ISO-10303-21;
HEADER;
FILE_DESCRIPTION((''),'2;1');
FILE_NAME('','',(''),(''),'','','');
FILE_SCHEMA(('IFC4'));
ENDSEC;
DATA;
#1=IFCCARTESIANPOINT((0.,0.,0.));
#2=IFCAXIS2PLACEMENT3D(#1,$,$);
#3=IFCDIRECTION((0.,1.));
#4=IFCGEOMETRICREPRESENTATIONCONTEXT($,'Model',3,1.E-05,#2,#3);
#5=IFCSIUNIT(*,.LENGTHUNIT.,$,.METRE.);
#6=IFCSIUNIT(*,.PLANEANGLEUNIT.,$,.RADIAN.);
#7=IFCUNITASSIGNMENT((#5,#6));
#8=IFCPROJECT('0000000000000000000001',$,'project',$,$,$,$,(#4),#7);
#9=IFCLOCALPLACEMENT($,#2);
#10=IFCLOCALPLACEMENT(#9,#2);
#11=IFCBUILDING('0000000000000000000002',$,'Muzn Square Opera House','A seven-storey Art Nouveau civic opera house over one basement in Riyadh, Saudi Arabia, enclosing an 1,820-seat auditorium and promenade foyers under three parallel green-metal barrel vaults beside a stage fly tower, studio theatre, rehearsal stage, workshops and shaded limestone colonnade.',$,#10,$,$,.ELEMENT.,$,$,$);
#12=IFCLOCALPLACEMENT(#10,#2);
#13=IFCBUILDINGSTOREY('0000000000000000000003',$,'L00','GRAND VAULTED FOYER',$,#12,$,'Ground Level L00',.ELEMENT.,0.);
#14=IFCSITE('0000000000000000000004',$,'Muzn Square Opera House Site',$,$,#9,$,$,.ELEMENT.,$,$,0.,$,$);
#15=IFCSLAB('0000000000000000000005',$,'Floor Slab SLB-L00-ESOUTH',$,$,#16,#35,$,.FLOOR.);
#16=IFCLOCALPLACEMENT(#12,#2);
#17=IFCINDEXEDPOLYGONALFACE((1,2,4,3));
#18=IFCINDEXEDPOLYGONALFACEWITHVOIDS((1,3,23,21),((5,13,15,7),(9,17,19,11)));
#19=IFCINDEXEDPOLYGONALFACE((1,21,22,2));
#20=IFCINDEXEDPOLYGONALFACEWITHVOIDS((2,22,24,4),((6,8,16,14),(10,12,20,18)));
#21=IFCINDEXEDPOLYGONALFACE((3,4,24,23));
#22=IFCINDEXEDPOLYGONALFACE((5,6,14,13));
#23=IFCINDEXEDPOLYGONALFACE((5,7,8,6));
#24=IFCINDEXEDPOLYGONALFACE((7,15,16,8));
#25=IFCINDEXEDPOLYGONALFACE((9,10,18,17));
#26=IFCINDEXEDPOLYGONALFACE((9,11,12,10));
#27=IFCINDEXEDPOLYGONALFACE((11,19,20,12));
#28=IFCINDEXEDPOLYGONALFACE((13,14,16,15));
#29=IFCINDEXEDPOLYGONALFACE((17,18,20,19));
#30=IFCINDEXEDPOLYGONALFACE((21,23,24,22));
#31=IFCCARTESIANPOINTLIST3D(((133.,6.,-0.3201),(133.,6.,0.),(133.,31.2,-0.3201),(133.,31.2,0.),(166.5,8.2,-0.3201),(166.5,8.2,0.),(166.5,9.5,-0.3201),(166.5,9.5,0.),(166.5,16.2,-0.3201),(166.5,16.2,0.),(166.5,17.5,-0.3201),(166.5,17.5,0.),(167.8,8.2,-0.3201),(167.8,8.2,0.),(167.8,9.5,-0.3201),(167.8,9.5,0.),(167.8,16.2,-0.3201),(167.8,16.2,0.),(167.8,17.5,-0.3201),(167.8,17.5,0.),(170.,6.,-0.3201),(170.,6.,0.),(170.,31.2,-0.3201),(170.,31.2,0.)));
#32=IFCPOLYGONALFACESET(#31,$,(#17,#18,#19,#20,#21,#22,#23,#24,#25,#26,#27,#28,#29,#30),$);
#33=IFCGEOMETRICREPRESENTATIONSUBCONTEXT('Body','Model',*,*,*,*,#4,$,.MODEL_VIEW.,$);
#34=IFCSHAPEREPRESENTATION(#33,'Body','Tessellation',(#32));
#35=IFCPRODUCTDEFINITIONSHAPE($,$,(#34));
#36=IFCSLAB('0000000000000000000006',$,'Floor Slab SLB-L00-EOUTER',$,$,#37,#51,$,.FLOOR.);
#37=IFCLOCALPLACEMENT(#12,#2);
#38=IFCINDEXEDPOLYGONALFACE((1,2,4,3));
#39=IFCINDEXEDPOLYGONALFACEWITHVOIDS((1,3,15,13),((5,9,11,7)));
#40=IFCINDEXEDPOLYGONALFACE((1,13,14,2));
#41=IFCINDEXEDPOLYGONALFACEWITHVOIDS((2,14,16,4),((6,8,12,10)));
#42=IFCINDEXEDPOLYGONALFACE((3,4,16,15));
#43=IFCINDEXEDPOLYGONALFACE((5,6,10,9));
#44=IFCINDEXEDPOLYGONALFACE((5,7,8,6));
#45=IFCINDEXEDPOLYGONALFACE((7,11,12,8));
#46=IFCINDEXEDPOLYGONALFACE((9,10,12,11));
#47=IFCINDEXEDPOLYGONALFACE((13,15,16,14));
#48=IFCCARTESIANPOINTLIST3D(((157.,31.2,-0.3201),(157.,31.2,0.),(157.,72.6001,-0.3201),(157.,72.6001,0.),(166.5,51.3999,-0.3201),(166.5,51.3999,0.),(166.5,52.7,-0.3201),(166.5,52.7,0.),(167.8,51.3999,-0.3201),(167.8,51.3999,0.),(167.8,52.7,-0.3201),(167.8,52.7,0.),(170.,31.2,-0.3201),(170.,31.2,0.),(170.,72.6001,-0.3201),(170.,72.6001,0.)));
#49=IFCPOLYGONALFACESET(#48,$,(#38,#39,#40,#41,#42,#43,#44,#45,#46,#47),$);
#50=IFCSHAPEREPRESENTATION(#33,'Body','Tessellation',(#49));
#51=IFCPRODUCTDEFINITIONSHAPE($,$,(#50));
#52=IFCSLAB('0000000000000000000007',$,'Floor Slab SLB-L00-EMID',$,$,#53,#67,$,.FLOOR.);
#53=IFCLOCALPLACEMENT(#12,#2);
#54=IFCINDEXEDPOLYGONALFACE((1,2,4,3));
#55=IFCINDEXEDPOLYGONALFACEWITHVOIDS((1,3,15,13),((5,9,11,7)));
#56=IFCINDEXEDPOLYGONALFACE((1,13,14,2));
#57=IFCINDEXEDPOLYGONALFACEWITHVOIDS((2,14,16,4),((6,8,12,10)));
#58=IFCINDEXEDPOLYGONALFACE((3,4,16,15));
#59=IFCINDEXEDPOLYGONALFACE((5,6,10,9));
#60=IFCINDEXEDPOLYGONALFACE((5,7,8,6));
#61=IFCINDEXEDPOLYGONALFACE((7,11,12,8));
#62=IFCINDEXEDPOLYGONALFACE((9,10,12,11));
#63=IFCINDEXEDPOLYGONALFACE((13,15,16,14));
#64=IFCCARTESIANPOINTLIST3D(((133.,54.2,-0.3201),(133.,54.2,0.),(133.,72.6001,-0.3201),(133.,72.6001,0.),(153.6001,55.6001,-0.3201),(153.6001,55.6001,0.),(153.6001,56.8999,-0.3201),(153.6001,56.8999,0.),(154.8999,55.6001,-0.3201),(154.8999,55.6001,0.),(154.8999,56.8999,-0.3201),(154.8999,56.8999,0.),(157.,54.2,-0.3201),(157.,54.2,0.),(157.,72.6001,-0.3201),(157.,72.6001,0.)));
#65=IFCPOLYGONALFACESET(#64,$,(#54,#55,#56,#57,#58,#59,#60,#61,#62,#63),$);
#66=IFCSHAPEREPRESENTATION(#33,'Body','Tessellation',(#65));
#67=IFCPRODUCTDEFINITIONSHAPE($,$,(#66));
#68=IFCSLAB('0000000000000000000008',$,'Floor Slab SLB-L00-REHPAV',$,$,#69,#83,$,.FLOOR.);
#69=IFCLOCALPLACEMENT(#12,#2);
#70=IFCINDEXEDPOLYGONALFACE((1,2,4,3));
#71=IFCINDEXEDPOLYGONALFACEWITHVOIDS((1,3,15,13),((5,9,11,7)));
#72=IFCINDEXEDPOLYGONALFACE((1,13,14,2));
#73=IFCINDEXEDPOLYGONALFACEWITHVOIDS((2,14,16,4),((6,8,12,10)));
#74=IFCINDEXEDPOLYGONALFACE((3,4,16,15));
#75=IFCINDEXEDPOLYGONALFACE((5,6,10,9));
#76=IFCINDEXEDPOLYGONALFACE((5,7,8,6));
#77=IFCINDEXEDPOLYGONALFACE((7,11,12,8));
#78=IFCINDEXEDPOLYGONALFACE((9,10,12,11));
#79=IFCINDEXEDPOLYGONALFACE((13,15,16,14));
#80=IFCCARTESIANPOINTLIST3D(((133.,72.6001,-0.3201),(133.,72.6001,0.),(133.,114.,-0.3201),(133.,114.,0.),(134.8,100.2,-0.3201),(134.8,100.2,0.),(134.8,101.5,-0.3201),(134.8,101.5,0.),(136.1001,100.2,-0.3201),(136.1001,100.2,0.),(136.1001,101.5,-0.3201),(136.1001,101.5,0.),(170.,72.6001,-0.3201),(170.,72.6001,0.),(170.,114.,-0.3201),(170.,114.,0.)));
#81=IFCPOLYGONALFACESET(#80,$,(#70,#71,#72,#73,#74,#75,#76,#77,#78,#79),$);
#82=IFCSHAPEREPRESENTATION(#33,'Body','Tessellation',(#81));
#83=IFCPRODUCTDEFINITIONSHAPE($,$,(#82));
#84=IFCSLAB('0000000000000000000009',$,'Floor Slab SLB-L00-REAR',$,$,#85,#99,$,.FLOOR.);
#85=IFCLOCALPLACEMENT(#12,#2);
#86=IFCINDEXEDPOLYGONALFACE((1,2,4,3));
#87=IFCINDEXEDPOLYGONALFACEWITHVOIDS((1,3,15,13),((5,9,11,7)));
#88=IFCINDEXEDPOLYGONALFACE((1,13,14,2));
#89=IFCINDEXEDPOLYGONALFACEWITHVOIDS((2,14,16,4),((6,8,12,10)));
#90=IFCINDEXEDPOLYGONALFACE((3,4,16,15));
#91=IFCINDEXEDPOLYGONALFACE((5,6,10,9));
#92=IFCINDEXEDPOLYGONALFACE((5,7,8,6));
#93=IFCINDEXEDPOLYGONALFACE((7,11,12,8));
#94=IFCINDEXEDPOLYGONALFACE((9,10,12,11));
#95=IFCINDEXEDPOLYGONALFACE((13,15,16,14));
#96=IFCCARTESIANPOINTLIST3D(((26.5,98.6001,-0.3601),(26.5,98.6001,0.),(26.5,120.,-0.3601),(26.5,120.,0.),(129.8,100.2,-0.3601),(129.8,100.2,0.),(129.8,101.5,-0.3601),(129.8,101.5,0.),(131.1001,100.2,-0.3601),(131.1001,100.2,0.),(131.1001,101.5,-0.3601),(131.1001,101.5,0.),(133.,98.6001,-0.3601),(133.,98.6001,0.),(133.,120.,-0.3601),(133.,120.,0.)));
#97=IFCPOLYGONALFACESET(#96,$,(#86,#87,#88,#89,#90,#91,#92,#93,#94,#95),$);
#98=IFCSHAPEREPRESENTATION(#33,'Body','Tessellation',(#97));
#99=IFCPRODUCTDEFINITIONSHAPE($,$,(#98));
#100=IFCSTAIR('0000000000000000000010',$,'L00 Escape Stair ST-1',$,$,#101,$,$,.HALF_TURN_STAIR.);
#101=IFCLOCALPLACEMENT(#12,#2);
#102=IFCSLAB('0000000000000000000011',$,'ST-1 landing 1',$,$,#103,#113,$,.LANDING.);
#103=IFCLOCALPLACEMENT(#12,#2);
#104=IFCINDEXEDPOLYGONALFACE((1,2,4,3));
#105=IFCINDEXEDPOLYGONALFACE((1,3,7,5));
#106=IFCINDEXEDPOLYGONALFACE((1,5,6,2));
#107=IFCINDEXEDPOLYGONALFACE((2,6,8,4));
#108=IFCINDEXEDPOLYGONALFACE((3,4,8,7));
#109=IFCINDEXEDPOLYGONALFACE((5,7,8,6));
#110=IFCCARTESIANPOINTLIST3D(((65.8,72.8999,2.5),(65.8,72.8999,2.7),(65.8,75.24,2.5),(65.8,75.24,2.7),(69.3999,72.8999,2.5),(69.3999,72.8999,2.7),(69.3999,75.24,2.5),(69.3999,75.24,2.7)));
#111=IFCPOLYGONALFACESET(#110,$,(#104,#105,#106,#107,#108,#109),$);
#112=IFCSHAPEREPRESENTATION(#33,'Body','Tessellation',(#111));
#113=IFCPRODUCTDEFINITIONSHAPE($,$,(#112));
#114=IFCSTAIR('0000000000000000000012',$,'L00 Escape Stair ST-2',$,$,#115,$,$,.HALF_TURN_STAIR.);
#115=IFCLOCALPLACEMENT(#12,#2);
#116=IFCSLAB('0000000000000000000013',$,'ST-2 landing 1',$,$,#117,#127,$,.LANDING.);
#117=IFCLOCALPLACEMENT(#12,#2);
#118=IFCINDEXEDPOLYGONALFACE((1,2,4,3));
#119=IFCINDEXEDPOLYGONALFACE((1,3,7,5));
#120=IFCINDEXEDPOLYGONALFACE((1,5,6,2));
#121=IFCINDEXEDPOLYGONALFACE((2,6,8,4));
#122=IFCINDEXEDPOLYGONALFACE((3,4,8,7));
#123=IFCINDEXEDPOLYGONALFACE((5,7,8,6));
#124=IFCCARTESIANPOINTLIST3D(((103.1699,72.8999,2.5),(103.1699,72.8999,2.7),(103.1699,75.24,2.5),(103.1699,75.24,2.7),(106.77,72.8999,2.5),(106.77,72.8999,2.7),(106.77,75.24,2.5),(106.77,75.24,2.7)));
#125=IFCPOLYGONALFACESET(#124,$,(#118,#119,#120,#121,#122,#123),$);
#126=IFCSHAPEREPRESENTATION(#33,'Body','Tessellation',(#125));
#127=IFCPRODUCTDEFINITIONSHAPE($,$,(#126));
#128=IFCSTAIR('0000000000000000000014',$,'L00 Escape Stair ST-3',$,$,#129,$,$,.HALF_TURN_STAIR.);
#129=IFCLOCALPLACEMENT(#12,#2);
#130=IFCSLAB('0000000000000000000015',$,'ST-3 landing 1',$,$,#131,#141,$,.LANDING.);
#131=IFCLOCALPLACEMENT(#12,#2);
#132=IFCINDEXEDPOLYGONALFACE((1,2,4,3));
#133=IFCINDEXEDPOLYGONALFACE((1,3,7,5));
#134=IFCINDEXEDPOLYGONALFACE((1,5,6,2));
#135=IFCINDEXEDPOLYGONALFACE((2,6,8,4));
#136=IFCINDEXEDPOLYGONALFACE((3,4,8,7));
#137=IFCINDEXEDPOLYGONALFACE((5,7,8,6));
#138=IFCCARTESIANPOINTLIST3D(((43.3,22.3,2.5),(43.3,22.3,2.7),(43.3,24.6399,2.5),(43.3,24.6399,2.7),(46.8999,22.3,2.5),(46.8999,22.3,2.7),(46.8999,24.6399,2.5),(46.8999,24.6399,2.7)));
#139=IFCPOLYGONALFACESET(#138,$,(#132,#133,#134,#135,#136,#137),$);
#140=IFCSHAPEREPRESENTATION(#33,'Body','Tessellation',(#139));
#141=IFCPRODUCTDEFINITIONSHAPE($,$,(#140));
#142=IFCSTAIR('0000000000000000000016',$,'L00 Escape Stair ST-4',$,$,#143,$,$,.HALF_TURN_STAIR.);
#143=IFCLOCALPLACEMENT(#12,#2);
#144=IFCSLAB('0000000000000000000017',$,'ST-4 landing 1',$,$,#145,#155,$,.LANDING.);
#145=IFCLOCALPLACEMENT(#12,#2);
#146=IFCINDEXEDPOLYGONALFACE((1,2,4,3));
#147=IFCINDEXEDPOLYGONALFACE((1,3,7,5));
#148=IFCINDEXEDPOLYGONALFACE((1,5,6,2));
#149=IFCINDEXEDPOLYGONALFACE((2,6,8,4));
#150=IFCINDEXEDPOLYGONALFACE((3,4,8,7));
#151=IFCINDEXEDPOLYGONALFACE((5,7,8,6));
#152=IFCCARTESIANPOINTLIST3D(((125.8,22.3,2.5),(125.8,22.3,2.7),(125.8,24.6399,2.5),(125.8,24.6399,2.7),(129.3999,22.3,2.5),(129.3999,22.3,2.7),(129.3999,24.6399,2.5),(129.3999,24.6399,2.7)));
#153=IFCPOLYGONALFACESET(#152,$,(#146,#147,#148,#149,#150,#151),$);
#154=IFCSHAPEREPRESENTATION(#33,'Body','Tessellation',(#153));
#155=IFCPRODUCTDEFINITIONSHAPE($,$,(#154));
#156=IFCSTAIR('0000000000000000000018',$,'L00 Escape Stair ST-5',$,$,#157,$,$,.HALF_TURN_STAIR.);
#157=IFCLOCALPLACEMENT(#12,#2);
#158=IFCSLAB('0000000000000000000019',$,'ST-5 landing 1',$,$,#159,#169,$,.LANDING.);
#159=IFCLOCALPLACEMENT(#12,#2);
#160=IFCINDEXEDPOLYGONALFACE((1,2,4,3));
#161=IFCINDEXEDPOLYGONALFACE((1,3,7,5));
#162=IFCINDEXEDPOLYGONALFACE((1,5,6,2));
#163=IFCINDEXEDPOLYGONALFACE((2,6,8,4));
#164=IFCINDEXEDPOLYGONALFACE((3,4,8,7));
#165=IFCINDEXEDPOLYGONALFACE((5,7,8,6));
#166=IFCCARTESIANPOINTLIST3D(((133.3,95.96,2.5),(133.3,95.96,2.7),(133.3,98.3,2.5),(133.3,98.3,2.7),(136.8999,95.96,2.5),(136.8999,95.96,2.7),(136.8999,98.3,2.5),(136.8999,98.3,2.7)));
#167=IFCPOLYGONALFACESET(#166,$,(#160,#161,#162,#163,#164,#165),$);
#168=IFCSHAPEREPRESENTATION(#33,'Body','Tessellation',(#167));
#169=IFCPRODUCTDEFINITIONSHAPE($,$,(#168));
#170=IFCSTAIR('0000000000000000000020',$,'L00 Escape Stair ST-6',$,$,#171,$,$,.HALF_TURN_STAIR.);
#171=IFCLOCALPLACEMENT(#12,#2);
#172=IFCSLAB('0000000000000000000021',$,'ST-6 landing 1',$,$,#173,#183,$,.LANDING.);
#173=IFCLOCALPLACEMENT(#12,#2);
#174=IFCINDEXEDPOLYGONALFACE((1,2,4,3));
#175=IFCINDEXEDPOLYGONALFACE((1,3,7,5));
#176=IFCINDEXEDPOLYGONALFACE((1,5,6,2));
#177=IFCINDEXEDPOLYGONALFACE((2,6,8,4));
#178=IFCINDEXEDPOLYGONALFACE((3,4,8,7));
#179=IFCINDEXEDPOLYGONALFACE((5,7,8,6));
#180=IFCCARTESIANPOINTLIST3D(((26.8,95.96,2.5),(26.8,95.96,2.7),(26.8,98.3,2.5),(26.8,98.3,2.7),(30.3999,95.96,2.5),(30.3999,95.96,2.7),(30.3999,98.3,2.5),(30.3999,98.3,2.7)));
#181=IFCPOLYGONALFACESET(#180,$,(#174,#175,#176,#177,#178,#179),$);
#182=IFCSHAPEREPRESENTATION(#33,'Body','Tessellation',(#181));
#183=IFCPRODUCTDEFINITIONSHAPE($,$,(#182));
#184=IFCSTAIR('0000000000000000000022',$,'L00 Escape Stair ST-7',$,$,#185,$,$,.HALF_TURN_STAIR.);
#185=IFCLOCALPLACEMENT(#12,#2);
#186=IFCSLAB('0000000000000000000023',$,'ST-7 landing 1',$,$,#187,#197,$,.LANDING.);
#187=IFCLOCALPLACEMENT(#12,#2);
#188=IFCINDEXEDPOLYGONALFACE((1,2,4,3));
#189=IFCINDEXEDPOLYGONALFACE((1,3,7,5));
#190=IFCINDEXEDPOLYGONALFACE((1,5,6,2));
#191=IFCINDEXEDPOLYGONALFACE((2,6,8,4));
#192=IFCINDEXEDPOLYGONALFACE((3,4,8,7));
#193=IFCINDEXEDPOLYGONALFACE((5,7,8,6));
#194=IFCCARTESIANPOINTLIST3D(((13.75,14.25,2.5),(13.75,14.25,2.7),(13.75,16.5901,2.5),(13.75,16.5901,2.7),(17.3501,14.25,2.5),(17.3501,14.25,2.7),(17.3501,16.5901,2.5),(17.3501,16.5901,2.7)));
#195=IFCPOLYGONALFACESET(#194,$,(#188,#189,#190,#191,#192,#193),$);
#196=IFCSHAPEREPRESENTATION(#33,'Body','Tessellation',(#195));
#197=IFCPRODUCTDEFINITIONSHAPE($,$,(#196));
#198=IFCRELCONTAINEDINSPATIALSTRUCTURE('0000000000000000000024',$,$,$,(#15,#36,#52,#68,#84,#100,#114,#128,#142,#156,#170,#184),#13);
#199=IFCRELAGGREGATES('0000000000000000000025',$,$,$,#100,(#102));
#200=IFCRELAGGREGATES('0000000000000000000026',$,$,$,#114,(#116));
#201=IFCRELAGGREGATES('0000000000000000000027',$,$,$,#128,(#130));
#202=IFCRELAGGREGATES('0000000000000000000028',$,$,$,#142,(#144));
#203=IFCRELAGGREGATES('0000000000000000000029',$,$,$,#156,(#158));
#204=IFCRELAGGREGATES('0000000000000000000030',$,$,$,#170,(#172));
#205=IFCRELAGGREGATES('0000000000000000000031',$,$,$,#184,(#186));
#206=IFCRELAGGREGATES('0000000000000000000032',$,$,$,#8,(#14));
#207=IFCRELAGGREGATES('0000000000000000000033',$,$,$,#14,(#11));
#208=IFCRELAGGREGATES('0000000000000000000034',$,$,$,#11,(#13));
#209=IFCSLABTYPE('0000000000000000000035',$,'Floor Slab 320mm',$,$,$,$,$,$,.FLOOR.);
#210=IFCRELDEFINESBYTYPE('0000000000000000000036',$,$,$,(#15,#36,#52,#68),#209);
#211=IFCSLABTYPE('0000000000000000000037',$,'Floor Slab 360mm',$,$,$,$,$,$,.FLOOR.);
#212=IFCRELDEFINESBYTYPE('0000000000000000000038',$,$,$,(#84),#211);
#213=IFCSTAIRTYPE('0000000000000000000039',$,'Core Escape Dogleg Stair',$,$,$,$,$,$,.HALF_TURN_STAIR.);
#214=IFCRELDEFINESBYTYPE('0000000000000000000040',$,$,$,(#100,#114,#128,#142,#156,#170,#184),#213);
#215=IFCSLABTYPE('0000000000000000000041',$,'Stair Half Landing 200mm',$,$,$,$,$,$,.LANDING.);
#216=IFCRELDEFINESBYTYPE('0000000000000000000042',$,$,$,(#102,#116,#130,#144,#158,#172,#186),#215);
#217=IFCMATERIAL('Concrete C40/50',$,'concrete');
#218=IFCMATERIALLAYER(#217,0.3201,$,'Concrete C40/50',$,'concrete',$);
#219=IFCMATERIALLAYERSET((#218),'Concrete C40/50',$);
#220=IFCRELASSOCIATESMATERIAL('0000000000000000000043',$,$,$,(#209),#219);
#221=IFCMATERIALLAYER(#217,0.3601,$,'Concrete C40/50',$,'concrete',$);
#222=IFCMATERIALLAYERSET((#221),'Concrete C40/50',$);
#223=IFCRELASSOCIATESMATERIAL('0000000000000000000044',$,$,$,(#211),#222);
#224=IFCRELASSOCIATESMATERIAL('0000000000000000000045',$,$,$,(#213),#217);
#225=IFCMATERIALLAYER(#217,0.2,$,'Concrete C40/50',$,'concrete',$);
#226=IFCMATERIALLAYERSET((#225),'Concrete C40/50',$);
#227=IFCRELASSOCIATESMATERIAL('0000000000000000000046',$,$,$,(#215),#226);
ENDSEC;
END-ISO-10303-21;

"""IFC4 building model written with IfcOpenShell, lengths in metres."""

from ifc_helpers import new_model, si_unit, direction, frame, origin, place, context, subcontext, project, spatial, polyline, outline, extrude, material, layer, layer_set, type_object, element, aggregate, save


model = new_model("IFC4")

# Units and contexts
model_context = context("Model", 3, precision=1e-05, world=origin(), true_north=direction((0.0, 1.0)))
body_context = subcontext(model_context, "Body", "Model", "MODEL_VIEW")
ifc_project = project(units=[si_unit("LENGTHUNIT", "METRE"), si_unit("PLANEANGLEUNIT", "RADIAN")], contexts=[model_context])

# Site, building, storey
site_placement = place(None, origin())
site = spatial("IfcSite", under=ifc_project, at=site_placement, Name="Muzn Square Opera House Site", CompositionType="ELEMENT", RefElevation=0.0)
building_placement = place(site_placement, origin())
building = spatial("IfcBuilding", under=site, at=building_placement, Name="Muzn Square Opera House", Description="A seven-storey Art Nouveau civic opera house over one basement in Riyadh, Saudi Arabia, enclosing an 1,820-seat auditorium and promenade foyers under three parallel green-metal barrel vaults beside a stage fly tower, studio theatre, rehearsal stage, workshops and shaded limestone colonnade.", CompositionType="ELEMENT")
storey_placement = place(building_placement, origin())
storey = spatial("IfcBuildingStorey", under=building, at=storey_placement, Name="L00", Description="GRAND VAULTED FOYER", LongName="Ground Level L00", CompositionType="ELEMENT", Elevation=0.0)

# Slabs
ifc_material_1 = material(Name="Concrete C40/50", Category="concrete")
ifc_layer_1 = layer(ifc_material_1, 0.3201, Name="Concrete C40/50", Category="concrete")
ifc_layer_set_1 = layer_set([ifc_layer_1], Name="Concrete C40/50")
slab_type_1 = type_object("IfcSlabType", Name="Floor Slab 320mm", PredefinedType="FLOOR", material=ifc_layer_set_1)
slab_1_placement = place(storey_placement, frame((0.0, 0.0, -0.3201)))
element("IfcSlab", 1, at=slab_1_placement, inside=storey, type_object=slab_type_1, Name="Floor Slab SLB-L00-ESOUTH", PredefinedType="FLOOR", context=body_context, shape_type="SweptSolid", body=[
    extrude(outline(polyline([(133.0, 6.0), (170.0, 6.0), (170.0, 31.2), (133.0, 31.2), (133.0, 6.0)]), holes=[polyline([(166.5, 8.2), (167.8, 8.2), (167.8, 9.5), (166.5, 9.5), (166.5, 8.2)]), polyline([(166.5, 16.2), (167.8, 16.2), (167.8, 17.5), (166.5, 17.5), (166.5, 16.2)])]), origin(), (0.0, 0.0, 1.0), 0.3201),
])
slab_2_placement = place(storey_placement, frame((0.0, 0.0, -0.3201)))
element("IfcSlab", 2, at=slab_2_placement, inside=storey, type_object=slab_type_1, Name="Floor Slab SLB-L00-EOUTER", PredefinedType="FLOOR", context=body_context, shape_type="SweptSolid", body=[
    extrude(outline(polyline([(157.0, 31.2), (170.0, 31.2), (170.0, 72.6001), (157.0, 72.6001), (157.0, 31.2)]), holes=[polyline([(166.5, 51.3999), (167.8, 51.3999), (167.8, 52.7), (166.5, 52.7), (166.5, 51.3999)])]), origin(), (0.0, 0.0, 1.0), 0.3201),
])
slab_3_placement = place(storey_placement, frame((0.0, 0.0, -0.3201)))
element("IfcSlab", 3, at=slab_3_placement, inside=storey, type_object=slab_type_1, Name="Floor Slab SLB-L00-EMID", PredefinedType="FLOOR", context=body_context, shape_type="SweptSolid", body=[
    extrude(outline(polyline([(133.0, 54.2), (157.0, 54.2), (157.0, 72.6001), (133.0, 72.6001), (133.0, 54.2)]), holes=[polyline([(153.6001, 55.6001), (154.8999, 55.6001), (154.8999, 56.8999), (153.6001, 56.8999), (153.6001, 55.6001)])]), origin(), (0.0, 0.0, 1.0), 0.3201),
])
slab_4_placement = place(storey_placement, frame((0.0, 0.0, -0.3201)))
element("IfcSlab", 4, at=slab_4_placement, inside=storey, type_object=slab_type_1, Name="Floor Slab SLB-L00-REHPAV", PredefinedType="FLOOR", context=body_context, shape_type="SweptSolid", body=[
    extrude(outline(polyline([(133.0, 72.6001), (170.0, 72.6001), (170.0, 114.0), (133.0, 114.0), (133.0, 72.6001)]), holes=[polyline([(134.8, 100.2), (136.1001, 100.2), (136.1001, 101.5), (134.8, 101.5), (134.8, 100.2)])]), origin(), (0.0, 0.0, 1.0), 0.3201),
])
ifc_layer_2 = layer(ifc_material_1, 0.3601, Name="Concrete C40/50", Category="concrete")
ifc_layer_set_2 = layer_set([ifc_layer_2], Name="Concrete C40/50")
slab_type_2 = type_object("IfcSlabType", Name="Floor Slab 360mm", PredefinedType="FLOOR", material=ifc_layer_set_2)
slab_5_placement = place(storey_placement, frame((0.0, 0.0, -0.3601)))
element("IfcSlab", 5, at=slab_5_placement, inside=storey, type_object=slab_type_2, Name="Floor Slab SLB-L00-REAR", PredefinedType="FLOOR", context=body_context, shape_type="SweptSolid", body=[
    extrude(outline(polyline([(26.5, 98.6001), (133.0, 98.6001), (133.0, 120.0), (26.5, 120.0), (26.5, 98.6001)]), holes=[polyline([(129.8, 100.2), (131.1001, 100.2), (131.1001, 101.5), (129.8, 101.5), (129.8, 100.2)])]), origin(), (0.0, 0.0, 1.0), 0.3601),
])

# Stairs, slabs
stair_type = type_object("IfcStairType", Name="Core Escape Dogleg Stair", PredefinedType="HALF_TURN_STAIR", material=ifc_material_1)
stair_1_placement = place(storey_placement, origin())
stair_1 = element("IfcStair", 6, at=stair_1_placement, inside=storey, type_object=stair_type, Name="L00 Escape Stair ST-1", PredefinedType="HALF_TURN_STAIR")
ifc_layer_3 = layer(ifc_material_1, 0.2, Name="Concrete C40/50", Category="concrete")
ifc_layer_set_3 = layer_set([ifc_layer_3], Name="Concrete C40/50")
slab_type_3 = type_object("IfcSlabType", Name="Stair Half Landing 200mm", PredefinedType="LANDING", material=ifc_layer_set_3)
slab_6_placement = place(storey_placement, frame((0.0, 0.0, 2.5)))
slab_6 = element("IfcSlab", 7, at=slab_6_placement, type_object=slab_type_3, Name="ST-1 landing 1", PredefinedType="LANDING", context=body_context, shape_type="SweptSolid", body=[
    extrude(outline(polyline([(65.8, 75.24), (65.8, 72.8999), (69.3999, 72.8999), (69.3999, 75.24), (65.8, 75.24)])), origin(), (0.0, 0.0, 1.0), 0.2),
])
aggregate(stair_1, [slab_6])
stair_2_placement = place(storey_placement, origin())
stair_2 = element("IfcStair", 8, at=stair_2_placement, inside=storey, type_object=stair_type, Name="L00 Escape Stair ST-2", PredefinedType="HALF_TURN_STAIR")
slab_7_placement = place(storey_placement, frame((0.0, 0.0, 2.5)))
slab_7 = element("IfcSlab", 9, at=slab_7_placement, type_object=slab_type_3, Name="ST-2 landing 1", PredefinedType="LANDING", context=body_context, shape_type="SweptSolid", body=[
    extrude(outline(polyline([(103.1699, 75.24), (103.1699, 72.8999), (106.77, 72.8999), (106.77, 75.24), (103.1699, 75.24)])), origin(), (0.0, 0.0, 1.0), 0.2),
])
aggregate(stair_2, [slab_7])
stair_3_placement = place(storey_placement, origin())
stair_3 = element("IfcStair", 10, at=stair_3_placement, inside=storey, type_object=stair_type, Name="L00 Escape Stair ST-3", PredefinedType="HALF_TURN_STAIR")
slab_8_placement = place(storey_placement, frame((0.0, 0.0, 2.5)))
slab_8 = element("IfcSlab", 11, at=slab_8_placement, type_object=slab_type_3, Name="ST-3 landing 1", PredefinedType="LANDING", context=body_context, shape_type="SweptSolid", body=[
    extrude(outline(polyline([(43.3, 24.6399), (43.3, 22.3), (46.8999, 22.3), (46.8999, 24.6399), (43.3, 24.6399)])), origin(), (0.0, 0.0, 1.0), 0.2),
])
aggregate(stair_3, [slab_8])
stair_4_placement = place(storey_placement, origin())
stair_4 = element("IfcStair", 12, at=stair_4_placement, inside=storey, type_object=stair_type, Name="L00 Escape Stair ST-4", PredefinedType="HALF_TURN_STAIR")
slab_9_placement = place(storey_placement, frame((0.0, 0.0, 2.5)))
slab_9 = element("IfcSlab", 13, at=slab_9_placement, type_object=slab_type_3, Name="ST-4 landing 1", PredefinedType="LANDING", context=body_context, shape_type="SweptSolid", body=[
    extrude(outline(polyline([(125.8, 24.6399), (125.8, 22.3), (129.3999, 22.3), (129.3999, 24.6399), (125.8, 24.6399)])), origin(), (0.0, 0.0, 1.0), 0.2),
])
aggregate(stair_4, [slab_9])
stair_5_placement = place(storey_placement, origin())
stair_5 = element("IfcStair", 14, at=stair_5_placement, inside=storey, type_object=stair_type, Name="L00 Escape Stair ST-5", PredefinedType="HALF_TURN_STAIR")
slab_10_placement = place(storey_placement, frame((0.0, 0.0, 2.5)))
slab_10 = element("IfcSlab", 15, at=slab_10_placement, type_object=slab_type_3, Name="ST-5 landing 1", PredefinedType="LANDING", context=body_context, shape_type="SweptSolid", body=[
    extrude(outline(polyline([(136.8999, 95.96), (136.8999, 98.3), (133.3, 98.3), (133.3, 95.96), (136.8999, 95.96)])), origin(), (0.0, 0.0, 1.0), 0.2),
])
aggregate(stair_5, [slab_10])
stair_6_placement = place(storey_placement, origin())
stair_6 = element("IfcStair", 16, at=stair_6_placement, inside=storey, type_object=stair_type, Name="L00 Escape Stair ST-6", PredefinedType="HALF_TURN_STAIR")
slab_11_placement = place(storey_placement, frame((0.0, 0.0, 2.5)))
slab_11 = element("IfcSlab", 17, at=slab_11_placement, type_object=slab_type_3, Name="ST-6 landing 1", PredefinedType="LANDING", context=body_context, shape_type="SweptSolid", body=[
    extrude(outline(polyline([(30.3999, 95.96), (30.3999, 98.3), (26.8, 98.3), (26.8, 95.96), (30.3999, 95.96)])), origin(), (0.0, 0.0, 1.0), 0.2),
])
aggregate(stair_6, [slab_11])
stair_7_placement = place(storey_placement, origin())
stair_7 = element("IfcStair", 18, at=stair_7_placement, inside=storey, type_object=stair_type, Name="L00 Escape Stair ST-7", PredefinedType="HALF_TURN_STAIR")
slab_12_placement = place(storey_placement, frame((0.0, 0.0, 2.5)))
slab_12 = element("IfcSlab", 19, at=slab_12_placement, type_object=slab_type_3, Name="ST-7 landing 1", PredefinedType="LANDING", context=body_context, shape_type="SweptSolid", body=[
    extrude(outline(polyline([(13.75, 16.5901), (13.75, 14.25), (17.3501, 14.25), (17.3501, 16.5901), (13.75, 16.5901)])), origin(), (0.0, 0.0, 1.0), 0.2),
])
aggregate(stair_7, [slab_12])

save(model, "model.ifc")
